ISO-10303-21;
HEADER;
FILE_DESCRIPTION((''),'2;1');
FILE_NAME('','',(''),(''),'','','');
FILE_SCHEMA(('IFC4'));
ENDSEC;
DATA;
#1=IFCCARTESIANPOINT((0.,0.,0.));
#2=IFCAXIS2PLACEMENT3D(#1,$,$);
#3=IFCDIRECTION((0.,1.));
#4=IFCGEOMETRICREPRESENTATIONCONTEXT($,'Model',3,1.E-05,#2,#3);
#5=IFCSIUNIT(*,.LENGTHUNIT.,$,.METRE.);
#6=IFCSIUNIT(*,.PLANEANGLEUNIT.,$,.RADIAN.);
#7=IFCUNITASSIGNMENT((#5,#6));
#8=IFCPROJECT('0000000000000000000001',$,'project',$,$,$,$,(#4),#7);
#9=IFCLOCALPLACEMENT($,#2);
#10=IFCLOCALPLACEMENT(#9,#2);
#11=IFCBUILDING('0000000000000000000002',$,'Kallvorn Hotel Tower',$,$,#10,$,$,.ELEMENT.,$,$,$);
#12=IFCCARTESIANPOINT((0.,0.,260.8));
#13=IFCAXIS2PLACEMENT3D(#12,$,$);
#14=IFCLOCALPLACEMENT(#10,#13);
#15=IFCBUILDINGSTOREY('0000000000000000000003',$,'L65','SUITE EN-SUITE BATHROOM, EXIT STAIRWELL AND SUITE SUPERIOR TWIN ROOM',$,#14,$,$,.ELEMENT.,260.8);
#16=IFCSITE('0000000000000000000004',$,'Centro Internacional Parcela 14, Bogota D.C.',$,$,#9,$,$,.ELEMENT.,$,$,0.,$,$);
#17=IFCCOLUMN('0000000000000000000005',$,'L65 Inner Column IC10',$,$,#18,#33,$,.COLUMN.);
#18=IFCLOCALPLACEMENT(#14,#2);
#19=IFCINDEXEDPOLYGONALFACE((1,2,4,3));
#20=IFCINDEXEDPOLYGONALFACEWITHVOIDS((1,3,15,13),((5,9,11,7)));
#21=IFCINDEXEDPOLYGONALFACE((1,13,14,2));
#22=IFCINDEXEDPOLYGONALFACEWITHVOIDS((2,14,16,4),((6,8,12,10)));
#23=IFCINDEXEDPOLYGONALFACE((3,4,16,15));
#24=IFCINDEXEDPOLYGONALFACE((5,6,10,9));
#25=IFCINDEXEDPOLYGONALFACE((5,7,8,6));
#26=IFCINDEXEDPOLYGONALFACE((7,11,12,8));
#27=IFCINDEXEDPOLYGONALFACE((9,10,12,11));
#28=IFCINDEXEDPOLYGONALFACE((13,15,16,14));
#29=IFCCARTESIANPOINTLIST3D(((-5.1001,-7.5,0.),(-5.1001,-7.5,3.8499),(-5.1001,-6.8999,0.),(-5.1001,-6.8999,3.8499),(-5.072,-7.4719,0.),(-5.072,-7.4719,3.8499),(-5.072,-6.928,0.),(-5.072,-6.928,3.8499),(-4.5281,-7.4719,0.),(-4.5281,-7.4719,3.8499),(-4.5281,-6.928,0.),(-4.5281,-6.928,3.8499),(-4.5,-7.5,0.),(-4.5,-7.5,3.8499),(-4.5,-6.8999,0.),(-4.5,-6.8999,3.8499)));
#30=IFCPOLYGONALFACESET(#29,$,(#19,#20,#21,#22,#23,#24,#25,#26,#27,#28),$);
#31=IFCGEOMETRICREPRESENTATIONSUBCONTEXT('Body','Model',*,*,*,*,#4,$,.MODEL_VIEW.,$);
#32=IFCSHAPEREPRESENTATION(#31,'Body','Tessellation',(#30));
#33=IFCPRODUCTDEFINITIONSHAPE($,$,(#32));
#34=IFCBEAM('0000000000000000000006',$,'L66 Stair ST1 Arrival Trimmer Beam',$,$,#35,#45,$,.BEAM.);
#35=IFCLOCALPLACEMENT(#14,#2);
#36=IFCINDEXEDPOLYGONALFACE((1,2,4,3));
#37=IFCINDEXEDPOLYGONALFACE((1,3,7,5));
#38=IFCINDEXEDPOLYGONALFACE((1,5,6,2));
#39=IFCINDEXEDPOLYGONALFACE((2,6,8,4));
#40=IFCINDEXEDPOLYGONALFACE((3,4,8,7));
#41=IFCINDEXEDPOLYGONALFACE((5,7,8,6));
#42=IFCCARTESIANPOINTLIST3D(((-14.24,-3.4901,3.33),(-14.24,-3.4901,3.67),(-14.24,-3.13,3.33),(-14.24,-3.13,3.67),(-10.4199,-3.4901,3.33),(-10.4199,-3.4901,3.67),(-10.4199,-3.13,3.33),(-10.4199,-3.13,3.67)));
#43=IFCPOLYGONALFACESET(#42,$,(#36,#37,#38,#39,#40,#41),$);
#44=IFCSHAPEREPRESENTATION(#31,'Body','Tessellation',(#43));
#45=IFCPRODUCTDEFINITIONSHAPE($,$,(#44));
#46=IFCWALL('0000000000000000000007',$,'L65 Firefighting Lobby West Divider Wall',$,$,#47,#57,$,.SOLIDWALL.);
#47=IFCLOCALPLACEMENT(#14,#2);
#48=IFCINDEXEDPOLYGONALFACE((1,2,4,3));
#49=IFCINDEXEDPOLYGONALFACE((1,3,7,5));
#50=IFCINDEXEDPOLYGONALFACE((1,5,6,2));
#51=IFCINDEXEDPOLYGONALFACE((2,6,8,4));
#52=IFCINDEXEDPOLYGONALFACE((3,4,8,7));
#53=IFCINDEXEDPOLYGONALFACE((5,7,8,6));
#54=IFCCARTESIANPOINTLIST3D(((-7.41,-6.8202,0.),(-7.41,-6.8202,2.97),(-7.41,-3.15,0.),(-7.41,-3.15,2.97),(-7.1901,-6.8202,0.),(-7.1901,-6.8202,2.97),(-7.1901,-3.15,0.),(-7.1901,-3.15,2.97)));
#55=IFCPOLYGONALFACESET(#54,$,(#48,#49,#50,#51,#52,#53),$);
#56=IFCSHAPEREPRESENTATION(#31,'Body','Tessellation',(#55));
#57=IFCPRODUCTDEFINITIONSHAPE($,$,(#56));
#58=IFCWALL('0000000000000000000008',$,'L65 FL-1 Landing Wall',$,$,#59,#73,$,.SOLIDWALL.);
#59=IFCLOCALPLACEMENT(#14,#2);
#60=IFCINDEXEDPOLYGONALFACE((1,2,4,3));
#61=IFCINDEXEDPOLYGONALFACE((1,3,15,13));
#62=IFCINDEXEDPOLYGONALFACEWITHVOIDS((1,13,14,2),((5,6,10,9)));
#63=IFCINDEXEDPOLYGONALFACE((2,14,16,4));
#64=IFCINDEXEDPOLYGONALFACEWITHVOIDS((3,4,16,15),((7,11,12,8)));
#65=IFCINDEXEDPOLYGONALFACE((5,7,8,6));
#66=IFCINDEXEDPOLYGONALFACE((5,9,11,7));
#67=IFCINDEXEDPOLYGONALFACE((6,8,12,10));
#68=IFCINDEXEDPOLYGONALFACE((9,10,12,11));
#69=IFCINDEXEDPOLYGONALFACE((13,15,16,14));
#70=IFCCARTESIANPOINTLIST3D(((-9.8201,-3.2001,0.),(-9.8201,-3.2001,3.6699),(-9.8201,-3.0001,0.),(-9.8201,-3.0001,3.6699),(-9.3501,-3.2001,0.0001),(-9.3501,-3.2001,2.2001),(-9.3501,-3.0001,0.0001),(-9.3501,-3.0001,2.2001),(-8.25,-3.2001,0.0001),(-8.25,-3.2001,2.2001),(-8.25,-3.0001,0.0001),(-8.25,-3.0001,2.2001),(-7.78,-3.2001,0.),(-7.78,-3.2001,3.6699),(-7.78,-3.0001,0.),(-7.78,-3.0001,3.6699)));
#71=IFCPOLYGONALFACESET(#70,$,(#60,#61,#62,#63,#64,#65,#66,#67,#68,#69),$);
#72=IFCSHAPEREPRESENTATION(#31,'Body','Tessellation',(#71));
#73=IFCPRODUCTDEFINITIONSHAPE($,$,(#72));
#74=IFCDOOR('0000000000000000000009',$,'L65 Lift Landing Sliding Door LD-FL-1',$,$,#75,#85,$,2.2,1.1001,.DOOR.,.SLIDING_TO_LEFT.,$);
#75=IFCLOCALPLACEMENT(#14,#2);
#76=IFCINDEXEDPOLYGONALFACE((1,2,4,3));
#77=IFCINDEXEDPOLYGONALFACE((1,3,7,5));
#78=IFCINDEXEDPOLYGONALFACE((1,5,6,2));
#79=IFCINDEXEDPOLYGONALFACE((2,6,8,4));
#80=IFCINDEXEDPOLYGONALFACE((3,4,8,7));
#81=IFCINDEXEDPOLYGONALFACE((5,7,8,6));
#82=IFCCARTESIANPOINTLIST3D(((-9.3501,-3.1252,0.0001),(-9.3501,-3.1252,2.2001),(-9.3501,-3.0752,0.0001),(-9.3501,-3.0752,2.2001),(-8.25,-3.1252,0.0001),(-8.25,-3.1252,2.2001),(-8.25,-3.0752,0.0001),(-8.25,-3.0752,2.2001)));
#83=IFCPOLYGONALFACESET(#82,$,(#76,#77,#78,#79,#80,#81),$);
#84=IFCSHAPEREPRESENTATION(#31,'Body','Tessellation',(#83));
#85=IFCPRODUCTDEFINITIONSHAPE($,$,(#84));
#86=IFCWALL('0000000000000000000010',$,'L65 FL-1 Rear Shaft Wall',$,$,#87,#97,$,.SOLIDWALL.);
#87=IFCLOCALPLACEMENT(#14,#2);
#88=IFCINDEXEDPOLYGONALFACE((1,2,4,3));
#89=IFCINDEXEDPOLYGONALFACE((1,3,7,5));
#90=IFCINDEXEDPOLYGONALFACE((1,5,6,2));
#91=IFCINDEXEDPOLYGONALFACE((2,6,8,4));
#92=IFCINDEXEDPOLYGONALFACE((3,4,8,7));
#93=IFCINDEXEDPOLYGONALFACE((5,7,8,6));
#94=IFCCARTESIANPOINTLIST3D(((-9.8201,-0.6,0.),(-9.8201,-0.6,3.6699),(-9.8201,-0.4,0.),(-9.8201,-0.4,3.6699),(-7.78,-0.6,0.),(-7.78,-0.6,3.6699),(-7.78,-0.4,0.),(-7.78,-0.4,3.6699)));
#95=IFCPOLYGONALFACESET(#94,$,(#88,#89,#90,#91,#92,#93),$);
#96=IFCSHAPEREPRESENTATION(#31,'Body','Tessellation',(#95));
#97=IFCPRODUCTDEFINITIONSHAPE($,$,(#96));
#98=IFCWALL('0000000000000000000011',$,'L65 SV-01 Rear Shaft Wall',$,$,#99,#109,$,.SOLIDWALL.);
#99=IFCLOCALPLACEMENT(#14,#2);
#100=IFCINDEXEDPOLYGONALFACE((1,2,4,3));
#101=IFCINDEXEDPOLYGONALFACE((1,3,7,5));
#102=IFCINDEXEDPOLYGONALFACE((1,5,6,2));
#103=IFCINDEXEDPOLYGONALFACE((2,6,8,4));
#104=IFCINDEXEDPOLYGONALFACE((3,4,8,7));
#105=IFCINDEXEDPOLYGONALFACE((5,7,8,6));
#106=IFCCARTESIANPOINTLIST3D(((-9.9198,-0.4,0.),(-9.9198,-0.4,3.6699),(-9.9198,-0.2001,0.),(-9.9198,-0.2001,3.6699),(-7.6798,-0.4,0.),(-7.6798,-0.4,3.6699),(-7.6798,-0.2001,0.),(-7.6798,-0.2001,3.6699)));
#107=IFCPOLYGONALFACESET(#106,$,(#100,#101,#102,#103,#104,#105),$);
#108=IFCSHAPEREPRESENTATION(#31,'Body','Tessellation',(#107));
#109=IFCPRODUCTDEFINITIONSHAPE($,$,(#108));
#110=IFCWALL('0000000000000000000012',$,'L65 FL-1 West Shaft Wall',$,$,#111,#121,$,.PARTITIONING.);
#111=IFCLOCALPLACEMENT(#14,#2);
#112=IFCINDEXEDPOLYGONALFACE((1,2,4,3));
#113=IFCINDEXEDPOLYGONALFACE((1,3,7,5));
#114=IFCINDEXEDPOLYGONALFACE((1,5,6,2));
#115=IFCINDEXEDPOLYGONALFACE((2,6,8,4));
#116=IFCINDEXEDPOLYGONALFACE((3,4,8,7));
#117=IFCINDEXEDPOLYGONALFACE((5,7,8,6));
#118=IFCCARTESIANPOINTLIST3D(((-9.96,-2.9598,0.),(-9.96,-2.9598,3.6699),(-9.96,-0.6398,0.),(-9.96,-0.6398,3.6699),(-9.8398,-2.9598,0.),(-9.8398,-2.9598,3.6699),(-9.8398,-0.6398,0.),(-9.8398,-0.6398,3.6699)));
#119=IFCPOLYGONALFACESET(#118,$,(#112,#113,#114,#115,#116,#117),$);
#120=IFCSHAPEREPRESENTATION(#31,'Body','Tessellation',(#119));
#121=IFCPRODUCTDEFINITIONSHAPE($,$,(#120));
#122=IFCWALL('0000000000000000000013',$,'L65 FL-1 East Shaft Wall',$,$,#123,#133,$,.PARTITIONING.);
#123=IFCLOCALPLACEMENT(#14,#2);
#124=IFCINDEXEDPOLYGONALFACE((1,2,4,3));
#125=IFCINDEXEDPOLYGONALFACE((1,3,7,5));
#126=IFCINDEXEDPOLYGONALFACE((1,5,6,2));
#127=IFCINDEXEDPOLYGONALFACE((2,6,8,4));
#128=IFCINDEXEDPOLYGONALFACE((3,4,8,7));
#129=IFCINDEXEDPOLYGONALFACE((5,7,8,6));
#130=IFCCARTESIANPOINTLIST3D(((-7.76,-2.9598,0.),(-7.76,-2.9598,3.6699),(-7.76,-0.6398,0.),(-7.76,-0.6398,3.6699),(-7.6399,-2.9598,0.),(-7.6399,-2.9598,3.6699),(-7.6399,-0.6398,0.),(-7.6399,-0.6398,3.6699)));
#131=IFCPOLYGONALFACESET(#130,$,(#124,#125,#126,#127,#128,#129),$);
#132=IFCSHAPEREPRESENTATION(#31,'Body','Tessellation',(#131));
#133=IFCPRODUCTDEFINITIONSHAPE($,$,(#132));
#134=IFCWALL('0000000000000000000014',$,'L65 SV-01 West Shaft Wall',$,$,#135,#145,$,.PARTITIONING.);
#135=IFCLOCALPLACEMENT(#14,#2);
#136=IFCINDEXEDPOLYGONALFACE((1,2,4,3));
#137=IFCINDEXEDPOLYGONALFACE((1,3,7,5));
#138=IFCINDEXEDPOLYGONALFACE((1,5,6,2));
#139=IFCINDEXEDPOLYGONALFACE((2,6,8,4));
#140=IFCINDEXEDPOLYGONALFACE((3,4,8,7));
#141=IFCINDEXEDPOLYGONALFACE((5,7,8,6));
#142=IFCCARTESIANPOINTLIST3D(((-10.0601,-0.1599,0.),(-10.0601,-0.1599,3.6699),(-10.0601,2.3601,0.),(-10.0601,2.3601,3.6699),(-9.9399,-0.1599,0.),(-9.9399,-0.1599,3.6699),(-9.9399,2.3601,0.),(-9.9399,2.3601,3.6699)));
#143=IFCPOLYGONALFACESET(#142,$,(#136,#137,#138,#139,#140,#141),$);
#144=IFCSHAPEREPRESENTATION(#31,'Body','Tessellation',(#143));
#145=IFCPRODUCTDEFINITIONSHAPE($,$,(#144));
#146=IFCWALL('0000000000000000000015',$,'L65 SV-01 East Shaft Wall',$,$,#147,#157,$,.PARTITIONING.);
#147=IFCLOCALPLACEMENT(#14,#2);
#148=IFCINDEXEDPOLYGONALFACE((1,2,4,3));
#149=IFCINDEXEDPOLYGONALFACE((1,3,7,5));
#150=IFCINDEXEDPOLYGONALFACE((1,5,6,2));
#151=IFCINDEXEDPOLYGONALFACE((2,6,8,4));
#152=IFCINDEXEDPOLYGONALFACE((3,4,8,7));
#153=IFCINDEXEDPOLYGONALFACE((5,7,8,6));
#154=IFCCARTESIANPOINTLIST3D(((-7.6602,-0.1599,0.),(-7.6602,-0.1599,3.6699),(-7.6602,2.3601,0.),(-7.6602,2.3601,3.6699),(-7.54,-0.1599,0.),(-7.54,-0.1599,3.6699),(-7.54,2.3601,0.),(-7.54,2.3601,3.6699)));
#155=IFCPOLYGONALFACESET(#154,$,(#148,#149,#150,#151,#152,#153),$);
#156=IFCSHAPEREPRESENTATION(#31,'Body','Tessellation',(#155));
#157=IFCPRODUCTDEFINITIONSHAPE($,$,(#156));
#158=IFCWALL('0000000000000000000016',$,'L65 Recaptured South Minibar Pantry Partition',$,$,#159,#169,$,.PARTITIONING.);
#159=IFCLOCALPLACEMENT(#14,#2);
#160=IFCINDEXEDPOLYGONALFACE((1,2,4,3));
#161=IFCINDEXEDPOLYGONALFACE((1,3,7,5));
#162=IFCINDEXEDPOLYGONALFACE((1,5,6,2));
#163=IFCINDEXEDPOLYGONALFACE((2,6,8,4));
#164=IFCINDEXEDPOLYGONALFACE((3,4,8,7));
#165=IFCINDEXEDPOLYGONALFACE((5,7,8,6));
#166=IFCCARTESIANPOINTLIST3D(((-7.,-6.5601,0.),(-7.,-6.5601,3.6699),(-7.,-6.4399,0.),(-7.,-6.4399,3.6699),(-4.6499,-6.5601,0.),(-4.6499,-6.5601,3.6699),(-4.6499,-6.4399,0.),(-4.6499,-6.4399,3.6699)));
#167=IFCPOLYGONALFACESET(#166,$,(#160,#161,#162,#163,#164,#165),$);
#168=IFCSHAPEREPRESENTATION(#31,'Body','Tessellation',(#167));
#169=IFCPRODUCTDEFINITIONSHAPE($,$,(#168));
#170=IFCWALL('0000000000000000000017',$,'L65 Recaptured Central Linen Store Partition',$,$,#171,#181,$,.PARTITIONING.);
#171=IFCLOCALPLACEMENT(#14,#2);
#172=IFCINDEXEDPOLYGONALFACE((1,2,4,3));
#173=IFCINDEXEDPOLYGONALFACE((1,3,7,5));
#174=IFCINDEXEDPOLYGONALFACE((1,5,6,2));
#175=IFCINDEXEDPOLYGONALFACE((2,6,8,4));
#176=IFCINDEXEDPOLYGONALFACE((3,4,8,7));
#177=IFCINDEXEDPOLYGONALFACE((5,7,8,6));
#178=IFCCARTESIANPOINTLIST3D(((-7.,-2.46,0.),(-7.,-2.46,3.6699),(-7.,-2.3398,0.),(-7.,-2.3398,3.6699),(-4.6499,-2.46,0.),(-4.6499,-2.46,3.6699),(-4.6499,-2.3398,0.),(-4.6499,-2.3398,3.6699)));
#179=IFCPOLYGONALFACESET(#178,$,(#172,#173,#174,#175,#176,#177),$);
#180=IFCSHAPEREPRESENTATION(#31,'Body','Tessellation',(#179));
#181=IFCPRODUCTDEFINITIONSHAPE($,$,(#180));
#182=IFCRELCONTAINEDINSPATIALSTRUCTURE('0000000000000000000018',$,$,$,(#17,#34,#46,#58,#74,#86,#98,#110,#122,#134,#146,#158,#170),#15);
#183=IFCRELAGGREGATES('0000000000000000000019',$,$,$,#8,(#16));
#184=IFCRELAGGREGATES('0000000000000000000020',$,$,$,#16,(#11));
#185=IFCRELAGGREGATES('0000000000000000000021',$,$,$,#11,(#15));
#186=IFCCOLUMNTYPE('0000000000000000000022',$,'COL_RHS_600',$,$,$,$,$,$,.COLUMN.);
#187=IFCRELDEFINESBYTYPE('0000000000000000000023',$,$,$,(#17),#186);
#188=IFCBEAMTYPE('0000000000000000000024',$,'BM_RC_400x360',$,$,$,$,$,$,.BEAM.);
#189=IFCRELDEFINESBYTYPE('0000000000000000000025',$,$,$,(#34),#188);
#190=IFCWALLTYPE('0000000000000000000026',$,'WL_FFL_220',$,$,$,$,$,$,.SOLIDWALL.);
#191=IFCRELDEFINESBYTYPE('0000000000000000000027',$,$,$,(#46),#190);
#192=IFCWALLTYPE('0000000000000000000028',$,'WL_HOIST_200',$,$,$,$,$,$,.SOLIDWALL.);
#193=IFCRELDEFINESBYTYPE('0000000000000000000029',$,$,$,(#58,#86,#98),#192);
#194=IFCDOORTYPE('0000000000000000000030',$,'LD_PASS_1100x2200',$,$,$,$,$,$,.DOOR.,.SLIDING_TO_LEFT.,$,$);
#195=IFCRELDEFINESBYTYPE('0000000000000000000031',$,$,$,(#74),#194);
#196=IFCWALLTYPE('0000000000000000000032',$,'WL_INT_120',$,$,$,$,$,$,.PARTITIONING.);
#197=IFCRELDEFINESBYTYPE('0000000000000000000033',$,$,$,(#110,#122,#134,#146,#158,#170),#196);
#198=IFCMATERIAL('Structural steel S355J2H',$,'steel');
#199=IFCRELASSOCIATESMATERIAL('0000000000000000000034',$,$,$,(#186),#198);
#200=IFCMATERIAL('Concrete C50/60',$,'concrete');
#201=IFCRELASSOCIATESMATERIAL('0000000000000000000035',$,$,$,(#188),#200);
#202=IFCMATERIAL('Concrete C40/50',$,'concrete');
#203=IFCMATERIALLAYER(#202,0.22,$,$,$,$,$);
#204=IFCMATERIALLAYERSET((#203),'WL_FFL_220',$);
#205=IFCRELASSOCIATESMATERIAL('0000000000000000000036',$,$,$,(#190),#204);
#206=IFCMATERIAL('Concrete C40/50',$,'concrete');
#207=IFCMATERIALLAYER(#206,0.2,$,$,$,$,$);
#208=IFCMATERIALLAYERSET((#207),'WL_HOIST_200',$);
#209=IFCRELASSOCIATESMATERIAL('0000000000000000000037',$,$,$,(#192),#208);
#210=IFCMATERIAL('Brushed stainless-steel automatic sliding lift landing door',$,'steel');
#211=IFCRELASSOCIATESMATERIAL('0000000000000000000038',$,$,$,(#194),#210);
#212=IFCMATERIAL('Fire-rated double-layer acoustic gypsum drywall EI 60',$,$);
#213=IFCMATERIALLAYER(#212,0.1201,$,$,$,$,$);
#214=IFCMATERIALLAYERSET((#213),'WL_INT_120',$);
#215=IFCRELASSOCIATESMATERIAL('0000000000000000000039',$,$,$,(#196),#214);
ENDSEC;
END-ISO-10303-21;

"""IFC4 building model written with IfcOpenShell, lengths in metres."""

from ifc_helpers import new_model, si_unit, direction, frame, frame_2d, origin, origin_2d, place, context, subcontext, project, spatial, rectangle, hollow_rectangle, extrude, material, layer, layer_set, material_profile, profile_set, type_object, element, fill, save


model = new_model("IFC4")

# Units and contexts
model_context = context("Model", 3, precision=1e-05, world=origin(), true_north=direction((0.0, 1.0)))
body_context = subcontext(model_context, "Body", "Model", "MODEL_VIEW")
ifc_project = project(units=[si_unit("LENGTHUNIT", "METRE"), si_unit("PLANEANGLEUNIT", "RADIAN")], contexts=[model_context])

# Site, building, storey
site_placement = place(None, origin())
site = spatial("IfcSite", under=ifc_project, at=site_placement, Name="Centro Internacional Parcela 14, Bogota D.C.", CompositionType="ELEMENT", RefElevation=0.0)
building_placement = place(site_placement, origin())
building = spatial("IfcBuilding", under=site, at=building_placement, Name="Kallvorn Hotel Tower", CompositionType="ELEMENT")
storey_placement = place(building_placement, frame((0.0, 0.0, 260.8)))
storey = spatial("IfcBuildingStorey", under=building, at=storey_placement, Name="L65", Description="SUITE EN-SUITE BATHROOM, EXIT STAIRWELL AND SUITE SUPERIOR TWIN ROOM", CompositionType="ELEMENT", Elevation=260.8)

# Column
ifc_material_1 = material(Name="Structural steel S355J2H", Category="steel")
ifc_material_profile_1 = material_profile(ifc_material_1, hollow_rectangle(XDim=0.6001, YDim=0.6001, WallThickness=0.0281, at=origin_2d()), Name="RHS 600x600x28")
ifc_profile_set_1 = profile_set([ifc_material_profile_1], Name="Structural steel S355J2H")
column_type = type_object("IfcColumnType", Name="COL_RHS_600", PredefinedType="COLUMN", material=ifc_profile_set_1)
column_placement = place(storey_placement, frame((-4.8, -7.2, 0.0), z_axis=(0.0, 0.0, 1.0), x_axis=(1.0, 0.0, 0.0)))
element("IfcColumn", 1, at=column_placement, inside=storey, type_object=column_type, Name="L65 Inner Column IC10", PredefinedType="COLUMN", context=body_context, shape_type="SweptSolid", body=[
    extrude(hollow_rectangle(XDim=0.6001, YDim=0.6001, WallThickness=0.0281, at=origin_2d()), origin(), (0.0, 0.0, 1.0), 3.8499),
])

# Beam
ifc_material_2 = material(Name="Concrete C50/60", Category="concrete")
ifc_material_profile_2 = material_profile(ifc_material_2, rectangle(XDim=0.3601, YDim=0.3401, at=origin_2d()), Name="RC 360x340")
ifc_profile_set_2 = profile_set([ifc_material_profile_2], Name="Concrete C50/60")
beam_type = type_object("IfcBeamType", Name="BM_RC_400x360", PredefinedType="BEAM", material=ifc_profile_set_2)
beam_placement = place(storey_placement, frame((-10.4199, -3.3101, 3.5), z_axis=(-1.0, 0.0, 0.0), x_axis=(0.0, -1.0, 0.0)))
element("IfcBeam", 2, at=beam_placement, inside=storey, type_object=beam_type, Name="L66 Stair ST1 Arrival Trimmer Beam", PredefinedType="BEAM", context=body_context, shape_type="SweptSolid", body=[
    extrude(rectangle(XDim=0.3601, YDim=0.3401, at=origin_2d()), origin(), (0.0, 0.0, 1.0), 3.8201),
])

# Wall
ifc_material_3 = material(Name="Concrete C40/50", Category="concrete")
ifc_layer_1 = layer(ifc_material_3, 0.22)
ifc_layer_set_1 = layer_set([ifc_layer_1], Name="WL_FFL_220")
wall_type_1 = type_object("IfcWallType", Name="WL_FFL_220", PredefinedType="SOLIDWALL", material=ifc_layer_set_1)
wall_1_placement = place(storey_placement, frame((-7.3, -6.8201, 0.0), z_axis=(0.0, 0.0, 1.0), x_axis=(0.0, 1.0, 0.0)))
element("IfcWall", 3, at=wall_1_placement, inside=storey, type_object=wall_type_1, Name="L65 Firefighting Lobby West Divider Wall", PredefinedType="SOLIDWALL", context=body_context, shape_type="SweptSolid", body=[
    extrude(rectangle(XDim=3.6702, YDim=0.22, at=frame_2d((1.835, 0.0))), origin(), (0.0, 0.0, 1.0), 2.97),
])

# Wall, opening, door
ifc_material_4 = material(Name="Concrete C40/50", Category="concrete")
ifc_layer_2 = layer(ifc_material_4, 0.2)
ifc_layer_set_2 = layer_set([ifc_layer_2], Name="WL_HOIST_200")
wall_type_2 = type_object("IfcWallType", Name="WL_HOIST_200", PredefinedType="SOLIDWALL", material=ifc_layer_set_2)
wall_2_placement = place(storey_placement, frame((-9.8201, -3.1001, 0.0), z_axis=(0.0, 0.0, 1.0), x_axis=(1.0, 0.0, 0.0)))
wall_2 = element("IfcWall", 4, at=wall_2_placement, inside=storey, type_object=wall_type_2, Name="L65 FL-1 Landing Wall", PredefinedType="SOLIDWALL", context=body_context, shape_type="SweptSolid", body=[
    extrude(rectangle(XDim=2.04, YDim=0.2, at=frame_2d((1.02, 0.0))), origin(), (0.0, 0.0, 1.0), 3.6699),
])
opening_1_placement = place(wall_2_placement, frame((0.47, 0.0, 0.0)))
opening_1 = element("IfcOpeningElement", 5, at=opening_1_placement, cuts=wall_2, PredefinedType="OPENING", context=body_context, shape_type="SweptSolid", body=[
    extrude(rectangle(XDim=1.1001, YDim=2.2, at=frame_2d((0.55, 1.1001))), frame((0.0, 0.115, 0.0), z_axis=(0.0, -1.0, 0.0), x_axis=(1.0, 0.0, 0.0)), (0.0, 0.0, 1.0), 0.23),
])
ifc_material_5 = material(Name="Brushed stainless-steel automatic sliding lift landing door", Category="steel")
door_type_1 = type_object("IfcDoorType", Name="LD_PASS_1100x2200", OperationType="SLIDING_TO_LEFT", PredefinedType="DOOR", material=ifc_material_5)
door_1_placement = place(opening_1_placement, origin())
door_1 = element("IfcDoor", 6, at=door_1_placement, inside=storey, type_object=door_type_1, Name="L65 Lift Landing Sliding Door LD-FL-1", OperationType="SLIDING_TO_LEFT", OverallHeight=2.2, OverallWidth=1.1001, PredefinedType="DOOR", context=body_context, shape_type="SweptSolid", body=[
    extrude(rectangle(XDim=1.1001, YDim=2.2, at=frame_2d((0.55, 1.1001))), frame((0.0, 0.0249, 0.0), z_axis=(0.0, -1.0, 0.0), x_axis=(1.0, 0.0, 0.0)), (0.0, 0.0, 1.0), 0.05),
])
fill(opening_1, door_1)

# Walls
wall_3_placement = place(storey_placement, frame((-9.8201, -0.5, 0.0), z_axis=(0.0, 0.0, 1.0), x_axis=(1.0, 0.0, 0.0)))
element("IfcWall", 7, at=wall_3_placement, inside=storey, type_object=wall_type_2, Name="L65 FL-1 Rear Shaft Wall", PredefinedType="SOLIDWALL", context=body_context, shape_type="SweptSolid", body=[
    extrude(rectangle(XDim=2.04, YDim=0.2, at=frame_2d((1.02, 0.0))), origin(), (0.0, 0.0, 1.0), 3.6699),
])
wall_4_placement = place(storey_placement, frame((-9.9199, -0.3, 0.0), z_axis=(0.0, 0.0, 1.0), x_axis=(1.0, 0.0, 0.0)))
element("IfcWall", 8, at=wall_4_placement, inside=storey, type_object=wall_type_2, Name="L65 SV-01 Rear Shaft Wall", PredefinedType="SOLIDWALL", context=body_context, shape_type="SweptSolid", body=[
    extrude(rectangle(XDim=2.24, YDim=0.2, at=frame_2d((1.1201, 0.0))), origin(), (0.0, 0.0, 1.0), 3.6699),
])
ifc_material_6 = material(Name="Fire-rated double-layer acoustic gypsum drywall EI 60")
ifc_layer_3 = layer(ifc_material_6, 0.1201)
ifc_layer_set_3 = layer_set([ifc_layer_3], Name="WL_INT_120")
wall_type_3 = type_object("IfcWallType", Name="WL_INT_120", PredefinedType="PARTITIONING", material=ifc_layer_set_3)
for number, where, z_axis, x_axis, name in (
    (9, (-9.8999, -2.96, 0.0), (0.0, 0.0, 1.0), (0.0, 1.0, 0.0), "L65 FL-1 West Shaft Wall"),
    (10, (-7.7, -2.96, 0.0), (0.0, 0.0, 1.0), (0.0, 1.0, 0.0), "L65 FL-1 East Shaft Wall"),
):
    element("IfcWall", number, at=place(storey_placement, frame(where, z_axis=z_axis, x_axis=x_axis)), inside=storey, type_object=wall_type_3, Name=name, PredefinedType="PARTITIONING", context=body_context, shape_type="SweptSolid", body=[
        extrude(rectangle(XDim=2.3201, YDim=0.1201, at=frame_2d((1.1602, 0.0))), origin(), (0.0, 0.0, 1.0), 3.6699),
    ])
for number, where, z_axis, x_axis, name in (
    (11, (-10.0, -0.1599, 0.0), (0.0, 0.0, 1.0), (0.0, 1.0, 0.0), "L65 SV-01 West Shaft Wall"),
    (12, (-7.6001, -0.1599, 0.0), (0.0, 0.0, 1.0), (0.0, 1.0, 0.0), "L65 SV-01 East Shaft Wall"),
):
    element("IfcWall", number, at=place(storey_placement, frame(where, z_axis=z_axis, x_axis=x_axis)), inside=storey, type_object=wall_type_3, Name=name, PredefinedType="PARTITIONING", context=body_context, shape_type="SweptSolid", body=[
        extrude(rectangle(XDim=2.52, YDim=0.1201, at=frame_2d((1.26, 0.0))), origin(), (0.0, 0.0, 1.0), 3.6699),
    ])
for number, where, z_axis, x_axis, name in (
    (13, (-7.0, -6.5, 0.0), (0.0, 0.0, 1.0), (1.0, 0.0, 0.0), "L65 Recaptured South Minibar Pantry Partition"),
    (14, (-7.0, -2.3999, 0.0), (0.0, 0.0, 1.0), (1.0, 0.0, 0.0), "L65 Recaptured Central Linen Store Partition"),
):
    element("IfcWall", number, at=place(storey_placement, frame(where, z_axis=z_axis, x_axis=x_axis)), inside=storey, type_object=wall_type_3, Name=name, PredefinedType="PARTITIONING", context=body_context, shape_type="SweptSolid", body=[
        extrude(rectangle(XDim=2.3501, YDim=0.1201, at=frame_2d((1.175, 0.0))), origin(), (0.0, 0.0, 1.0), 3.6699),
    ])

save(model, "model.ifc")
